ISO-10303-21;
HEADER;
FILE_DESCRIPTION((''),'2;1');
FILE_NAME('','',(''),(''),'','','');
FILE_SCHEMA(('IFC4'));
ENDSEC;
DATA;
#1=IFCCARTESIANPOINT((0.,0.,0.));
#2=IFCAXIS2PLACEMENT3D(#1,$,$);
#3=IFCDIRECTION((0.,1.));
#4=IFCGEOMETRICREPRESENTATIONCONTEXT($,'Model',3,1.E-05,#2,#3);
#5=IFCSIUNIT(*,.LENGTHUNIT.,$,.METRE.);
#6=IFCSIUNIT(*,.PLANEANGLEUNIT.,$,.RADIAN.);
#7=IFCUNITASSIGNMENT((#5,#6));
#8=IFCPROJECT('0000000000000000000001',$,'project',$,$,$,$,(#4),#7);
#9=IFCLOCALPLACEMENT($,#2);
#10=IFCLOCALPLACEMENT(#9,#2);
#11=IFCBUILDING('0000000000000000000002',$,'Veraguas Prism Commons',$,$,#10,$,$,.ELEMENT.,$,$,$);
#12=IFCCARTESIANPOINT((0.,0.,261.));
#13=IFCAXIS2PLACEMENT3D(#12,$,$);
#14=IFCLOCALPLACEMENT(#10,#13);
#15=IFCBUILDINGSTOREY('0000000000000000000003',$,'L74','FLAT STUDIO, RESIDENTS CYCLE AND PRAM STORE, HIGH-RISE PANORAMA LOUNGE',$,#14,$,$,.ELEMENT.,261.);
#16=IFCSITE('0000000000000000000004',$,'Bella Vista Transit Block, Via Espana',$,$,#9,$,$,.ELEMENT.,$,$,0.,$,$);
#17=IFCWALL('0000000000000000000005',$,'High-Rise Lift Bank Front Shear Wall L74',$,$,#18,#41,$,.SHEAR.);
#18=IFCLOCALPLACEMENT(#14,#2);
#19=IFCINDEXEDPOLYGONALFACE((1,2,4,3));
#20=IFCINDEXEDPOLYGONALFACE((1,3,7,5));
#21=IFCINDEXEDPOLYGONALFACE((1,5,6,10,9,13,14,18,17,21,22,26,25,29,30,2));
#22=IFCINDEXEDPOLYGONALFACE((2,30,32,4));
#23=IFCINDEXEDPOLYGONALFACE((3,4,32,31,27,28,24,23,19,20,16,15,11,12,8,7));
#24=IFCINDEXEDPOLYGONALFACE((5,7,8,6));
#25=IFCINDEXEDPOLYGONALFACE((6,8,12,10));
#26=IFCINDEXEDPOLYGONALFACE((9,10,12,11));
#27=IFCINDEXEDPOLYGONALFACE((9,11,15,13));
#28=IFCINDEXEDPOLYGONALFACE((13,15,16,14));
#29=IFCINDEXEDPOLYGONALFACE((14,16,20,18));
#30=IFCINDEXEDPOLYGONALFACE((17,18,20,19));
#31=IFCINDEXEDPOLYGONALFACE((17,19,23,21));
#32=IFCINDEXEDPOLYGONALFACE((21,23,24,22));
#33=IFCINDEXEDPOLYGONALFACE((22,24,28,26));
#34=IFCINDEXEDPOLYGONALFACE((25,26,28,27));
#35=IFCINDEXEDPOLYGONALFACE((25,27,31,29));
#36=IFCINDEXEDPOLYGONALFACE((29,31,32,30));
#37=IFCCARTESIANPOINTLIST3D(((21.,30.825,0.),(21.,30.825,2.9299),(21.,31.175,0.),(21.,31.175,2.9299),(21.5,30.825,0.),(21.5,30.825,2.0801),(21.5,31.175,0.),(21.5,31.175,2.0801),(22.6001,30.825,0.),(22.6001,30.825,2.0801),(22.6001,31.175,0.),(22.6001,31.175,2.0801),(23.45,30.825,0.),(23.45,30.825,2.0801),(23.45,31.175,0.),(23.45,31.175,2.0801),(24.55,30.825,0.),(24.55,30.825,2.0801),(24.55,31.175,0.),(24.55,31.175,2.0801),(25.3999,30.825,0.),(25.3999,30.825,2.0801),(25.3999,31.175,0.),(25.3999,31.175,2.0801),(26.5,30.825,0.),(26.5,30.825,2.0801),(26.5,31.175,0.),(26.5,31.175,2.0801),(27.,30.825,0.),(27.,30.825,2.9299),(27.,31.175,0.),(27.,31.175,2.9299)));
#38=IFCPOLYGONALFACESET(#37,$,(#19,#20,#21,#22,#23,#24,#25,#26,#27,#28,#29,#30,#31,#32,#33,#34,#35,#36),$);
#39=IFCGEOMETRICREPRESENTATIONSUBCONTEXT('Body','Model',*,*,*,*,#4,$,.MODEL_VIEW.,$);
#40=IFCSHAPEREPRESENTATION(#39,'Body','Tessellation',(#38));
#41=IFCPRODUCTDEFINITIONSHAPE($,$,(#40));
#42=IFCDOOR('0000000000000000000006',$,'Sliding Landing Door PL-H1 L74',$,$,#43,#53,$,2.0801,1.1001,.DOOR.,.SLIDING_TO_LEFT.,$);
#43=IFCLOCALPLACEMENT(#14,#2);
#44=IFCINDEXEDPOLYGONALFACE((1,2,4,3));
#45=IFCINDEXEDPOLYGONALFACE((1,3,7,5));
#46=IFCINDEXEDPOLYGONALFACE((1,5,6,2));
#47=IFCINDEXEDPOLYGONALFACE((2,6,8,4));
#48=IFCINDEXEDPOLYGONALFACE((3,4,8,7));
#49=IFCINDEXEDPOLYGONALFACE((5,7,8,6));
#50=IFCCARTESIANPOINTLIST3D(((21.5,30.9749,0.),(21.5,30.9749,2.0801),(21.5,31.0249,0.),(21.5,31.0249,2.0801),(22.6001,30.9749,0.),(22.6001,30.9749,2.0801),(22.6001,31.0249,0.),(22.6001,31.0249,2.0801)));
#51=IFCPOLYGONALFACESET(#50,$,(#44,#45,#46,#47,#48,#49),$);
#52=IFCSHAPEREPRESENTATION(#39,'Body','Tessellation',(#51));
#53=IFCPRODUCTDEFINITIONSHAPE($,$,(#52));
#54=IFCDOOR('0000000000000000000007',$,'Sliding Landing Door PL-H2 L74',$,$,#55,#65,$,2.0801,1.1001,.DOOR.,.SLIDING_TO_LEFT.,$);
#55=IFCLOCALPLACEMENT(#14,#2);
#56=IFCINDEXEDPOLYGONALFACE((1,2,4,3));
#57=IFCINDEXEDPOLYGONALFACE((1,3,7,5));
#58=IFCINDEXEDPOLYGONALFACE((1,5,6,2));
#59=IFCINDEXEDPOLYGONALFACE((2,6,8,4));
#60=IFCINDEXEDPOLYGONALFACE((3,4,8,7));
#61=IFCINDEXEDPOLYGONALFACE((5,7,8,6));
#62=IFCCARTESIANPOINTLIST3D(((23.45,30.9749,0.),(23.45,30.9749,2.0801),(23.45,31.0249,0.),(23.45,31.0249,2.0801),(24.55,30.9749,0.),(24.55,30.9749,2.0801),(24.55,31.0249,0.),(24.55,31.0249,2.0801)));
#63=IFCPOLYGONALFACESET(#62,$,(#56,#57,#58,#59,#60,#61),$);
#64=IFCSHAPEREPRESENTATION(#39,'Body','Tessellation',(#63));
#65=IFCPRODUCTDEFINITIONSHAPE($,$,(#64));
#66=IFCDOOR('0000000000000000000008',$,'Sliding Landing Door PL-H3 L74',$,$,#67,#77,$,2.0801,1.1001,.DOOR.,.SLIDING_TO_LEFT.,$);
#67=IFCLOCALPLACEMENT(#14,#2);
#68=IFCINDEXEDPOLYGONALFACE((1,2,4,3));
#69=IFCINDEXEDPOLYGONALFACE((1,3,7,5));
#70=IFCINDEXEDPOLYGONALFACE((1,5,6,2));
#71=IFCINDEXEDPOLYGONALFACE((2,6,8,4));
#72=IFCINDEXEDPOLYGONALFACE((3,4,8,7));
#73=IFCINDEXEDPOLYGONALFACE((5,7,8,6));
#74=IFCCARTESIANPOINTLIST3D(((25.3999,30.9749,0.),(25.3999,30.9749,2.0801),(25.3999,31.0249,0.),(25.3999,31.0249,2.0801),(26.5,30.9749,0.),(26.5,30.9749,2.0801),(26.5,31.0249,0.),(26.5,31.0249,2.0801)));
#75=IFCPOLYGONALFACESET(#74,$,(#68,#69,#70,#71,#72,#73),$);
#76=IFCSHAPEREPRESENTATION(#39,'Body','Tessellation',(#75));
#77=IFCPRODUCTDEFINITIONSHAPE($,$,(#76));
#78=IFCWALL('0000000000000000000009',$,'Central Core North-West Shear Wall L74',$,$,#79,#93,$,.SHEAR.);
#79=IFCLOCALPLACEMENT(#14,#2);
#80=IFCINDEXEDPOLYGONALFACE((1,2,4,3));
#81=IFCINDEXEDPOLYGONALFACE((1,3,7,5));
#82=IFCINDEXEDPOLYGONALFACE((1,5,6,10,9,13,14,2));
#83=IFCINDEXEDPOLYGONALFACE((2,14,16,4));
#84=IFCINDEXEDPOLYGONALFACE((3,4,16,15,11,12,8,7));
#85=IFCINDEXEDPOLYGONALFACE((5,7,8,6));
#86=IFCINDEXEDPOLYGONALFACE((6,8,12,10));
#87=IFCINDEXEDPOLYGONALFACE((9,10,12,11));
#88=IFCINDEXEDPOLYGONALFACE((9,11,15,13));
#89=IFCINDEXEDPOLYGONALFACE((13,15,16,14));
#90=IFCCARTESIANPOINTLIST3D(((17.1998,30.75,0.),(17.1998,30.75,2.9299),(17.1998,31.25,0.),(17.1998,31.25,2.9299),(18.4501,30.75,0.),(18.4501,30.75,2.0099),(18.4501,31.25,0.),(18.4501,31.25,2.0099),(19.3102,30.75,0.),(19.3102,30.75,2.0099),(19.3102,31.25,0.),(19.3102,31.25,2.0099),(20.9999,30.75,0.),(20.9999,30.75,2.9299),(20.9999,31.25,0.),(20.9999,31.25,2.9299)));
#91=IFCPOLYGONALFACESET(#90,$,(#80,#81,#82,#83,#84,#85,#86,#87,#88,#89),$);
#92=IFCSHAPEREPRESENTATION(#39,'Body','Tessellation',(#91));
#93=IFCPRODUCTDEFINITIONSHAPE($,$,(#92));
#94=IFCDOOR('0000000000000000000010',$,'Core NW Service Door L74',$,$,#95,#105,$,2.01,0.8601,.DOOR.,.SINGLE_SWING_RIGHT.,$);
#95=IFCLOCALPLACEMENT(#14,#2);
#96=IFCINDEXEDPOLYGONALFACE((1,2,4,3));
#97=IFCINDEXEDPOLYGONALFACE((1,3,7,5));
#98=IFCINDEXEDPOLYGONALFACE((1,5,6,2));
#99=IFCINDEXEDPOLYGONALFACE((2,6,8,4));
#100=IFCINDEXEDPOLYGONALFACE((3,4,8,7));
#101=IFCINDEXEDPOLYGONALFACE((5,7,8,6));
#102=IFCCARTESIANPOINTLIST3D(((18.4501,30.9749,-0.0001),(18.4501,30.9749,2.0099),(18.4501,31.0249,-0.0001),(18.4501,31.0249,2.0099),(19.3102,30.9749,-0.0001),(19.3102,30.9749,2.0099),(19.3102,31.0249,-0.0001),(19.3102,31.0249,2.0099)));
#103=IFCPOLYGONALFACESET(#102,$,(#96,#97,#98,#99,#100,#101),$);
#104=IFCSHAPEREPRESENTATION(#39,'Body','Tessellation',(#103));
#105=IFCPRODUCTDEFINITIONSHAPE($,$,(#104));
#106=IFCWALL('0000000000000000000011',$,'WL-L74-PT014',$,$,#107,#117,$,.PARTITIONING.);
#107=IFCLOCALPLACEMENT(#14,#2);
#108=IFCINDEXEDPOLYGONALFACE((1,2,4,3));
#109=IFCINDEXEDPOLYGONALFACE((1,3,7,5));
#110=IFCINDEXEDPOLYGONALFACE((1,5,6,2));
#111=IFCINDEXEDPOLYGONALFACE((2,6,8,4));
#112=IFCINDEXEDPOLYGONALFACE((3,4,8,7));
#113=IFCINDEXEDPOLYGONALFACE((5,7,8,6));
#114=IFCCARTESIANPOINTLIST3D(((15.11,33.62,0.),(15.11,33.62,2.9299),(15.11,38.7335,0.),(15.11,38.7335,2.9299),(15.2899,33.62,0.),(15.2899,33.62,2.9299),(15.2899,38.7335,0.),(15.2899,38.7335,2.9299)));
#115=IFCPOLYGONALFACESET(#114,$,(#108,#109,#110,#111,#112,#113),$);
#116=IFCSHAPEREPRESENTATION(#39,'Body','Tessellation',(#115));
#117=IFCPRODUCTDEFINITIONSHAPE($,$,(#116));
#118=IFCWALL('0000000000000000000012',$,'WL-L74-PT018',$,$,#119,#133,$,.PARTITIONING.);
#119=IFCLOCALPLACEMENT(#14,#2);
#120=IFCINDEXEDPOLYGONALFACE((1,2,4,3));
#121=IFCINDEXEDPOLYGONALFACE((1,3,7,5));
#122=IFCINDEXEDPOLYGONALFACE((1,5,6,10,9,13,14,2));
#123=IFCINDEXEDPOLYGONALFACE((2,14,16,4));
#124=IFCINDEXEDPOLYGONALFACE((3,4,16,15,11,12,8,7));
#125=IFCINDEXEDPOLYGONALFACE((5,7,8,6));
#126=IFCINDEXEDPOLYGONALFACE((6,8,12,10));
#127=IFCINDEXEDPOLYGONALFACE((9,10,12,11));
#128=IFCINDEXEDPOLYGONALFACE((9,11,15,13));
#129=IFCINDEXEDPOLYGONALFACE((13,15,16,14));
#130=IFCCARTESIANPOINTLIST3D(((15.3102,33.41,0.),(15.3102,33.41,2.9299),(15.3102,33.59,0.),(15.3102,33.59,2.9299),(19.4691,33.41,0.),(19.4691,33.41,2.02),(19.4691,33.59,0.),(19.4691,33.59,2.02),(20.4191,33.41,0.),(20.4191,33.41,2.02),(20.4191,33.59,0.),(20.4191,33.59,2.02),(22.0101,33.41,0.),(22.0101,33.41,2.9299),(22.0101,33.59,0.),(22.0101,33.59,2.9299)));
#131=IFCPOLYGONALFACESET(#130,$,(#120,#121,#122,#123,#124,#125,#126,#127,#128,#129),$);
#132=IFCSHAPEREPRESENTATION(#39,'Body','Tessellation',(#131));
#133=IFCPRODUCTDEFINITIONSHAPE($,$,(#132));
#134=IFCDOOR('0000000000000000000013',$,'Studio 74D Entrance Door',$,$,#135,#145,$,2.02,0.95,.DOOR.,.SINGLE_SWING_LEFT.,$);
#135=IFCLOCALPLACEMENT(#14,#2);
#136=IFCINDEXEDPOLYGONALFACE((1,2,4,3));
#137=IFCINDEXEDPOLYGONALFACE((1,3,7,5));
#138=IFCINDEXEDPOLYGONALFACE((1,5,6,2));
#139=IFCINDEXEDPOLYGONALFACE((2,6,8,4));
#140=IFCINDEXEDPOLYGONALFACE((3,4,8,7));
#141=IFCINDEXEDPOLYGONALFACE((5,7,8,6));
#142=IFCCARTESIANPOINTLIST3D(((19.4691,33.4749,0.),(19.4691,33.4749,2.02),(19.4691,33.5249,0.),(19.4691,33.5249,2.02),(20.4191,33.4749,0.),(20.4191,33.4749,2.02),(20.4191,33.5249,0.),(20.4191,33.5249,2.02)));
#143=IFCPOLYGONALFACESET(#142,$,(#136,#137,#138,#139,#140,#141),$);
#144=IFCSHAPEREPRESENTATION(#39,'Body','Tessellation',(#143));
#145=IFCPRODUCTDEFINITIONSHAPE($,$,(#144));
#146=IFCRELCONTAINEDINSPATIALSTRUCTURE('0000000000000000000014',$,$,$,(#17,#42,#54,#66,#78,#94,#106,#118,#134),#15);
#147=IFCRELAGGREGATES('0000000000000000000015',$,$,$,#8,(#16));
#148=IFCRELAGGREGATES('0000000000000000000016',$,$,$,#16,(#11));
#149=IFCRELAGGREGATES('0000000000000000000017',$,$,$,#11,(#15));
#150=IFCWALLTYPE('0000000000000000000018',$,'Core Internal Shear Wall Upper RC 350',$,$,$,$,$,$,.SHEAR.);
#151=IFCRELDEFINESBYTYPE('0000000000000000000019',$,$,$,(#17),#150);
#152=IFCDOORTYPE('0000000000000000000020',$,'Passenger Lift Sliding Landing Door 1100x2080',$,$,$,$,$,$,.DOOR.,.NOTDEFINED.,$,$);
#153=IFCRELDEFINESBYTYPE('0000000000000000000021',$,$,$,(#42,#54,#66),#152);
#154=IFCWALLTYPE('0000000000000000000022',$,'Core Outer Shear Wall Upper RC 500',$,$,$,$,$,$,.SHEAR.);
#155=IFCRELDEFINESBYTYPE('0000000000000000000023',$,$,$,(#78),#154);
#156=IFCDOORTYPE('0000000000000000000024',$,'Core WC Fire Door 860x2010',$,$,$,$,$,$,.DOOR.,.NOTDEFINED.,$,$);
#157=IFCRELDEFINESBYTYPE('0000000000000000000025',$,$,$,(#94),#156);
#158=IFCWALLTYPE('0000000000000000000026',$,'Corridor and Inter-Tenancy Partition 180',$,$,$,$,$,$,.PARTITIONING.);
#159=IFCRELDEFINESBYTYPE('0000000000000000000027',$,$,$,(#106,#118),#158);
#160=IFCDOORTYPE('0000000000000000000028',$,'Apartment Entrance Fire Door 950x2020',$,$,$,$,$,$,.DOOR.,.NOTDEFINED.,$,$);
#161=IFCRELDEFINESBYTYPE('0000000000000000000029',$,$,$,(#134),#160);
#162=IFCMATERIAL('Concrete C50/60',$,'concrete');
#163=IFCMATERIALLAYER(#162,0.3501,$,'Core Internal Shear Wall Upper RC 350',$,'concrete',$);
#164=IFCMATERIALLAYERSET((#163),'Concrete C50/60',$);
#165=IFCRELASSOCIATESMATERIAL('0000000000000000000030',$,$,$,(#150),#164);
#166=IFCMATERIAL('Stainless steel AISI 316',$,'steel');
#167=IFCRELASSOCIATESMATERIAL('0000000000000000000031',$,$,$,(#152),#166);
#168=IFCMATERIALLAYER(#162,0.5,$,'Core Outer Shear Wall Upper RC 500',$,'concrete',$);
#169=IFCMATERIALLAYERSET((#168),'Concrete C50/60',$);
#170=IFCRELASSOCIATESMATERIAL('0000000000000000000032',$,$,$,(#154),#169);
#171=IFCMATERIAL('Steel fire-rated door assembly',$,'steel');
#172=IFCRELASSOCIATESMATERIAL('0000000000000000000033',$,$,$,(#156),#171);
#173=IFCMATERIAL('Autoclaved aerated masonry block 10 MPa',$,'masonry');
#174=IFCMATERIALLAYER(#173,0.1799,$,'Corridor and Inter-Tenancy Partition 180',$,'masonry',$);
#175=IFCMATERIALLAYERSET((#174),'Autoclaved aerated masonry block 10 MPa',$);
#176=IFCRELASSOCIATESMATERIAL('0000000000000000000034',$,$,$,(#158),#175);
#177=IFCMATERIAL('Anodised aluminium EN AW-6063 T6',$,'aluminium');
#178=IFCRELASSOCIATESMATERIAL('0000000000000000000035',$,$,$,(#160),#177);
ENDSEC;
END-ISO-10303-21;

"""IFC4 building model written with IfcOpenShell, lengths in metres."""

from ifc_helpers import new_model, si_unit, direction, frame, frame_2d, origin, place, context, subcontext, project, spatial, rectangle, extrude, source, transform, mapped, material, layer, layer_set, type_object, element, fill, save


model = new_model("IFC4")

# Units and contexts
model_context = context("Model", 3, precision=1e-05, world=origin(), true_north=direction((0.0, 1.0)))
body_context = subcontext(model_context, "Body", "Model", "MODEL_VIEW")
ifc_project = project(units=[si_unit("LENGTHUNIT", "METRE"), si_unit("PLANEANGLEUNIT", "RADIAN")], contexts=[model_context])

# Site, building, storey
site_placement = place(None, origin())
site = spatial("IfcSite", under=ifc_project, at=site_placement, Name="Bella Vista Transit Block, Via Espana", CompositionType="ELEMENT", RefElevation=0.0)
building_placement = place(site_placement, origin())
building = spatial("IfcBuilding", under=site, at=building_placement, Name="Veraguas Prism Commons", CompositionType="ELEMENT")
storey_placement = place(building_placement, frame((0.0, 0.0, 261.0)))
storey = spatial("IfcBuildingStorey", under=building, at=storey_placement, Name="L74", Description="FLAT STUDIO, RESIDENTS CYCLE AND PRAM STORE, HIGH-RISE PANORAMA LOUNGE", CompositionType="ELEMENT", Elevation=261.0)

# Shared definitions
ifc_material_1 = material(Name="Concrete C50/60", Category="concrete")

# Shared definitions
ifc_material_2 = material(Name="Anodised aluminium EN AW-6063 T6", Category="aluminium")

# Wall, openings, doors
ifc_layer_1 = layer(ifc_material_1, 0.3501, Name="Core Internal Shear Wall Upper RC 350", Category="concrete")
ifc_layer_set_1 = layer_set([ifc_layer_1], Name="Concrete C50/60")
wall_type_1 = type_object("IfcWallType", Name="Core Internal Shear Wall Upper RC 350", PredefinedType="SHEAR", material=ifc_layer_set_1)
wall_1_placement = place(storey_placement, frame((21.0, 31.0, 0.0), z_axis=(0.0, 0.0, 1.0), x_axis=(1.0, 0.0, 0.0)))
wall_1 = element("IfcWall", 1, at=wall_1_placement, inside=storey, type_object=wall_type_1, Name="High-Rise Lift Bank Front Shear Wall L74", PredefinedType="SHEAR", context=body_context, shape_type="SweptSolid", body=[
    extrude(rectangle(XDim=6.0, YDim=0.3501, at=frame_2d((3.0, 0.0))), origin(), (0.0, 0.0, 1.0), 2.9299),
])
opening_1_placement = place(wall_1_placement, frame((0.5, 0.0, 0.0)))
opening_1 = element("IfcOpeningElement", 2, at=opening_1_placement, cuts=wall_1, PredefinedType="OPENING", context=body_context, shape_type="SweptSolid", body=[
    extrude(rectangle(XDim=1.1001, YDim=2.0801, at=frame_2d((0.55, 1.04))), frame((0.0, 0.1851, 0.0), z_axis=(0.0, -1.0, 0.0), x_axis=(1.0, 0.0, 0.0)), (0.0, 0.0, 1.0), 0.3701),
])
opening_2_placement = place(wall_1_placement, frame((2.45, 0.0, 0.0)))
opening_2 = element("IfcOpeningElement", 3, at=opening_2_placement, cuts=wall_1, PredefinedType="OPENING", context=body_context, shape_type="SweptSolid", body=[
    extrude(rectangle(XDim=1.1001, YDim=2.0801, at=frame_2d((0.55, 1.04))), frame((0.0, 0.1851, 0.0), z_axis=(0.0, -1.0, 0.0), x_axis=(1.0, 0.0, 0.0)), (0.0, 0.0, 1.0), 0.3701),
])
opening_3_placement = place(wall_1_placement, frame((4.3999, 0.0, 0.0)))
opening_3 = element("IfcOpeningElement", 4, at=opening_3_placement, cuts=wall_1, PredefinedType="OPENING", context=body_context, shape_type="SweptSolid", body=[
    extrude(rectangle(XDim=1.1001, YDim=2.0801, at=frame_2d((0.55, 1.04))), frame((0.0, 0.1851, 0.0), z_axis=(0.0, -1.0, 0.0), x_axis=(1.0, 0.0, 0.0)), (0.0, 0.0, 1.0), 0.3701),
])
ifc_material_3 = material(Name="Stainless steel AISI 316", Category="steel")
door_type_1 = type_object("IfcDoorType", Name="Passenger Lift Sliding Landing Door 1100x2080", OperationType="NOTDEFINED", PredefinedType="DOOR", material=ifc_material_3)
shared_shape_1 = source(origin(), body_context, "Body", "SweptSolid", [
    extrude(rectangle(XDim=1.1001, YDim=2.0801, at=frame_2d((0.55, 1.04))), frame((0.0, 0.0249, 0.0), z_axis=(0.0, -1.0, 0.0), x_axis=(1.0, 0.0, 0.0)), (0.0, 0.0, 1.0), 0.05),
])
door_1_placement = place(opening_1_placement, origin())
door_1 = element("IfcDoor", 5, at=door_1_placement, inside=storey, type_object=door_type_1, Name="Sliding Landing Door PL-H1 L74", OperationType="SLIDING_TO_LEFT", OverallHeight=2.0801, OverallWidth=1.1001, PredefinedType="DOOR", context=body_context, shape_type="MappedRepresentation", body=[
    mapped(shared_shape_1, transform((0.0, 0.0, 0.0), scale=1.0)),
])
fill(opening_1, door_1)
door_2_placement = place(opening_2_placement, origin())
door_2 = element("IfcDoor", 6, at=door_2_placement, inside=storey, type_object=door_type_1, Name="Sliding Landing Door PL-H2 L74", OperationType="SLIDING_TO_LEFT", OverallHeight=2.0801, OverallWidth=1.1001, PredefinedType="DOOR", context=body_context, shape_type="MappedRepresentation", body=[
    mapped(shared_shape_1, transform((0.0, 0.0, 0.0), scale=1.0)),
])
fill(opening_2, door_2)
door_3_placement = place(opening_3_placement, origin())
door_3 = element("IfcDoor", 7, at=door_3_placement, inside=storey, type_object=door_type_1, Name="Sliding Landing Door PL-H3 L74", OperationType="SLIDING_TO_LEFT", OverallHeight=2.0801, OverallWidth=1.1001, PredefinedType="DOOR", context=body_context, shape_type="MappedRepresentation", body=[
    mapped(shared_shape_1, transform((0.0, 0.0, 0.0), scale=1.0)),
])
fill(opening_3, door_3)

# Wall, opening, door
ifc_layer_2 = layer(ifc_material_1, 0.5, Name="Core Outer Shear Wall Upper RC 500", Category="concrete")
ifc_layer_set_2 = layer_set([ifc_layer_2], Name="Concrete C50/60")
wall_type_2 = type_object("IfcWallType", Name="Core Outer Shear Wall Upper RC 500", PredefinedType="SHEAR", material=ifc_layer_set_2)
wall_2_placement = place(storey_placement, frame((17.2, 31.0, 0.0), z_axis=(0.0, 0.0, 1.0), x_axis=(1.0, 0.0, 0.0)))
wall_2 = element("IfcWall", 8, at=wall_2_placement, inside=storey, type_object=wall_type_2, Name="Central Core North-West Shear Wall L74", PredefinedType="SHEAR", context=body_context, shape_type="SweptSolid", body=[
    extrude(rectangle(XDim=3.8, YDim=0.5, at=frame_2d((1.8999, 0.0))), origin(), (0.0, 0.0, 1.0), 2.9299),
])
opening_4_placement = place(wall_2_placement, frame((1.25, 0.0, 0.0)))
opening_4 = element("IfcOpeningElement", 9, at=opening_4_placement, cuts=wall_2, PredefinedType="OPENING", context=body_context, shape_type="SweptSolid", body=[
    extrude(rectangle(XDim=0.8601, YDim=2.01, at=frame_2d((0.4302, 1.0049))), frame((0.0, 0.26, 0.0), z_axis=(0.0, -1.0, 0.0), x_axis=(1.0, 0.0, 0.0)), (0.0, 0.0, 1.0), 0.52),
])
ifc_material_4 = material(Name="Steel fire-rated door assembly", Category="steel")
door_type_2 = type_object("IfcDoorType", Name="Core WC Fire Door 860x2010", OperationType="NOTDEFINED", PredefinedType="DOOR", material=ifc_material_4)
shared_shape_2 = source(origin(), body_context, "Body", "SweptSolid", [
    extrude(rectangle(XDim=0.8601, YDim=2.01, at=frame_2d((0.4302, 1.0049))), frame((0.0, 0.0249, 0.0), z_axis=(0.0, -1.0, 0.0), x_axis=(1.0, 0.0, 0.0)), (0.0, 0.0, 1.0), 0.05),
])
door_4_placement = place(opening_4_placement, origin())
door_4 = element("IfcDoor", 10, at=door_4_placement, inside=storey, type_object=door_type_2, Name="Core NW Service Door L74", OperationType="SINGLE_SWING_RIGHT", OverallHeight=2.01, OverallWidth=0.8601, PredefinedType="DOOR", context=body_context, shape_type="MappedRepresentation", body=[
    mapped(shared_shape_2, transform((0.0, 0.0, 0.0), scale=1.0)),
])
fill(opening_4, door_4)

# Wall
ifc_material_5 = material(Name="Autoclaved aerated masonry block 10 MPa", Category="masonry")
ifc_layer_3 = layer(ifc_material_5, 0.1799, Name="Corridor and Inter-Tenancy Partition 180", Category="masonry")
ifc_layer_set_3 = layer_set([ifc_layer_3], Name="Autoclaved aerated masonry block 10 MPa")
wall_type_3 = type_object("IfcWallType", Name="Corridor and Inter-Tenancy Partition 180", PredefinedType="PARTITIONING", material=ifc_layer_set_3)
wall_3_placement = place(storey_placement, frame((15.2, 33.6201, 0.0), z_axis=(0.0, 0.0, 1.0), x_axis=(0.0, 1.0, 0.0)))
element("IfcWall", 11, at=wall_3_placement, inside=storey, type_object=wall_type_3, Name="WL-L74-PT014", PredefinedType="PARTITIONING", context=body_context, shape_type="SweptSolid", body=[
    extrude(rectangle(XDim=5.1135, YDim=0.1799, at=frame_2d((2.5566, 0.0))), origin(), (0.0, 0.0, 1.0), 2.9299),
])

# Wall, opening, door
wall_4_placement = place(storey_placement, frame((15.3101, 33.5, 0.0), z_axis=(0.0, 0.0, 1.0), x_axis=(1.0, 0.0, 0.0)))
wall_4 = element("IfcWall", 12, at=wall_4_placement, inside=storey, type_object=wall_type_3, Name="WL-L74-PT018", PredefinedType="PARTITIONING", context=body_context, shape_type="SweptSolid", body=[
    extrude(rectangle(XDim=6.7, YDim=0.1799, at=frame_2d((3.3501, 0.0))), origin(), (0.0, 0.0, 1.0), 2.9299),
])
opening_5_placement = place(wall_4_placement, frame((4.1589, 0.0, 0.0)))
opening_5 = element("IfcOpeningElement", 13, at=opening_5_placement, cuts=wall_4, PredefinedType="OPENING", context=body_context, shape_type="SweptSolid", body=[
    extrude(rectangle(XDim=0.95, YDim=2.02, at=frame_2d((0.4751, 1.01))), frame((0.0, 0.0999, 0.0), z_axis=(0.0, -1.0, 0.0), x_axis=(1.0, 0.0, 0.0)), (0.0, 0.0, 1.0), 0.2),
])
door_type_3 = type_object("IfcDoorType", Name="Apartment Entrance Fire Door 950x2020", OperationType="NOTDEFINED", PredefinedType="DOOR", material=ifc_material_2)
shared_shape_3 = source(origin(), body_context, "Body", "SweptSolid", [
    extrude(rectangle(XDim=0.95, YDim=2.02, at=frame_2d((0.4751, 1.01))), frame((0.0, 0.0249, 0.0), z_axis=(0.0, -1.0, 0.0), x_axis=(1.0, 0.0, 0.0)), (0.0, 0.0, 1.0), 0.05),
])
door_5_placement = place(opening_5_placement, origin())
door_5 = element("IfcDoor", 14, at=door_5_placement, inside=storey, type_object=door_type_3, Name="Studio 74D Entrance Door", OperationType="SINGLE_SWING_LEFT", OverallHeight=2.02, OverallWidth=0.95, PredefinedType="DOOR", context=body_context, shape_type="MappedRepresentation", body=[
    mapped(shared_shape_3, transform((0.0, 0.0, 0.0), scale=1.0)),
])
fill(opening_5, door_5)

save(model, "model.ifc")
